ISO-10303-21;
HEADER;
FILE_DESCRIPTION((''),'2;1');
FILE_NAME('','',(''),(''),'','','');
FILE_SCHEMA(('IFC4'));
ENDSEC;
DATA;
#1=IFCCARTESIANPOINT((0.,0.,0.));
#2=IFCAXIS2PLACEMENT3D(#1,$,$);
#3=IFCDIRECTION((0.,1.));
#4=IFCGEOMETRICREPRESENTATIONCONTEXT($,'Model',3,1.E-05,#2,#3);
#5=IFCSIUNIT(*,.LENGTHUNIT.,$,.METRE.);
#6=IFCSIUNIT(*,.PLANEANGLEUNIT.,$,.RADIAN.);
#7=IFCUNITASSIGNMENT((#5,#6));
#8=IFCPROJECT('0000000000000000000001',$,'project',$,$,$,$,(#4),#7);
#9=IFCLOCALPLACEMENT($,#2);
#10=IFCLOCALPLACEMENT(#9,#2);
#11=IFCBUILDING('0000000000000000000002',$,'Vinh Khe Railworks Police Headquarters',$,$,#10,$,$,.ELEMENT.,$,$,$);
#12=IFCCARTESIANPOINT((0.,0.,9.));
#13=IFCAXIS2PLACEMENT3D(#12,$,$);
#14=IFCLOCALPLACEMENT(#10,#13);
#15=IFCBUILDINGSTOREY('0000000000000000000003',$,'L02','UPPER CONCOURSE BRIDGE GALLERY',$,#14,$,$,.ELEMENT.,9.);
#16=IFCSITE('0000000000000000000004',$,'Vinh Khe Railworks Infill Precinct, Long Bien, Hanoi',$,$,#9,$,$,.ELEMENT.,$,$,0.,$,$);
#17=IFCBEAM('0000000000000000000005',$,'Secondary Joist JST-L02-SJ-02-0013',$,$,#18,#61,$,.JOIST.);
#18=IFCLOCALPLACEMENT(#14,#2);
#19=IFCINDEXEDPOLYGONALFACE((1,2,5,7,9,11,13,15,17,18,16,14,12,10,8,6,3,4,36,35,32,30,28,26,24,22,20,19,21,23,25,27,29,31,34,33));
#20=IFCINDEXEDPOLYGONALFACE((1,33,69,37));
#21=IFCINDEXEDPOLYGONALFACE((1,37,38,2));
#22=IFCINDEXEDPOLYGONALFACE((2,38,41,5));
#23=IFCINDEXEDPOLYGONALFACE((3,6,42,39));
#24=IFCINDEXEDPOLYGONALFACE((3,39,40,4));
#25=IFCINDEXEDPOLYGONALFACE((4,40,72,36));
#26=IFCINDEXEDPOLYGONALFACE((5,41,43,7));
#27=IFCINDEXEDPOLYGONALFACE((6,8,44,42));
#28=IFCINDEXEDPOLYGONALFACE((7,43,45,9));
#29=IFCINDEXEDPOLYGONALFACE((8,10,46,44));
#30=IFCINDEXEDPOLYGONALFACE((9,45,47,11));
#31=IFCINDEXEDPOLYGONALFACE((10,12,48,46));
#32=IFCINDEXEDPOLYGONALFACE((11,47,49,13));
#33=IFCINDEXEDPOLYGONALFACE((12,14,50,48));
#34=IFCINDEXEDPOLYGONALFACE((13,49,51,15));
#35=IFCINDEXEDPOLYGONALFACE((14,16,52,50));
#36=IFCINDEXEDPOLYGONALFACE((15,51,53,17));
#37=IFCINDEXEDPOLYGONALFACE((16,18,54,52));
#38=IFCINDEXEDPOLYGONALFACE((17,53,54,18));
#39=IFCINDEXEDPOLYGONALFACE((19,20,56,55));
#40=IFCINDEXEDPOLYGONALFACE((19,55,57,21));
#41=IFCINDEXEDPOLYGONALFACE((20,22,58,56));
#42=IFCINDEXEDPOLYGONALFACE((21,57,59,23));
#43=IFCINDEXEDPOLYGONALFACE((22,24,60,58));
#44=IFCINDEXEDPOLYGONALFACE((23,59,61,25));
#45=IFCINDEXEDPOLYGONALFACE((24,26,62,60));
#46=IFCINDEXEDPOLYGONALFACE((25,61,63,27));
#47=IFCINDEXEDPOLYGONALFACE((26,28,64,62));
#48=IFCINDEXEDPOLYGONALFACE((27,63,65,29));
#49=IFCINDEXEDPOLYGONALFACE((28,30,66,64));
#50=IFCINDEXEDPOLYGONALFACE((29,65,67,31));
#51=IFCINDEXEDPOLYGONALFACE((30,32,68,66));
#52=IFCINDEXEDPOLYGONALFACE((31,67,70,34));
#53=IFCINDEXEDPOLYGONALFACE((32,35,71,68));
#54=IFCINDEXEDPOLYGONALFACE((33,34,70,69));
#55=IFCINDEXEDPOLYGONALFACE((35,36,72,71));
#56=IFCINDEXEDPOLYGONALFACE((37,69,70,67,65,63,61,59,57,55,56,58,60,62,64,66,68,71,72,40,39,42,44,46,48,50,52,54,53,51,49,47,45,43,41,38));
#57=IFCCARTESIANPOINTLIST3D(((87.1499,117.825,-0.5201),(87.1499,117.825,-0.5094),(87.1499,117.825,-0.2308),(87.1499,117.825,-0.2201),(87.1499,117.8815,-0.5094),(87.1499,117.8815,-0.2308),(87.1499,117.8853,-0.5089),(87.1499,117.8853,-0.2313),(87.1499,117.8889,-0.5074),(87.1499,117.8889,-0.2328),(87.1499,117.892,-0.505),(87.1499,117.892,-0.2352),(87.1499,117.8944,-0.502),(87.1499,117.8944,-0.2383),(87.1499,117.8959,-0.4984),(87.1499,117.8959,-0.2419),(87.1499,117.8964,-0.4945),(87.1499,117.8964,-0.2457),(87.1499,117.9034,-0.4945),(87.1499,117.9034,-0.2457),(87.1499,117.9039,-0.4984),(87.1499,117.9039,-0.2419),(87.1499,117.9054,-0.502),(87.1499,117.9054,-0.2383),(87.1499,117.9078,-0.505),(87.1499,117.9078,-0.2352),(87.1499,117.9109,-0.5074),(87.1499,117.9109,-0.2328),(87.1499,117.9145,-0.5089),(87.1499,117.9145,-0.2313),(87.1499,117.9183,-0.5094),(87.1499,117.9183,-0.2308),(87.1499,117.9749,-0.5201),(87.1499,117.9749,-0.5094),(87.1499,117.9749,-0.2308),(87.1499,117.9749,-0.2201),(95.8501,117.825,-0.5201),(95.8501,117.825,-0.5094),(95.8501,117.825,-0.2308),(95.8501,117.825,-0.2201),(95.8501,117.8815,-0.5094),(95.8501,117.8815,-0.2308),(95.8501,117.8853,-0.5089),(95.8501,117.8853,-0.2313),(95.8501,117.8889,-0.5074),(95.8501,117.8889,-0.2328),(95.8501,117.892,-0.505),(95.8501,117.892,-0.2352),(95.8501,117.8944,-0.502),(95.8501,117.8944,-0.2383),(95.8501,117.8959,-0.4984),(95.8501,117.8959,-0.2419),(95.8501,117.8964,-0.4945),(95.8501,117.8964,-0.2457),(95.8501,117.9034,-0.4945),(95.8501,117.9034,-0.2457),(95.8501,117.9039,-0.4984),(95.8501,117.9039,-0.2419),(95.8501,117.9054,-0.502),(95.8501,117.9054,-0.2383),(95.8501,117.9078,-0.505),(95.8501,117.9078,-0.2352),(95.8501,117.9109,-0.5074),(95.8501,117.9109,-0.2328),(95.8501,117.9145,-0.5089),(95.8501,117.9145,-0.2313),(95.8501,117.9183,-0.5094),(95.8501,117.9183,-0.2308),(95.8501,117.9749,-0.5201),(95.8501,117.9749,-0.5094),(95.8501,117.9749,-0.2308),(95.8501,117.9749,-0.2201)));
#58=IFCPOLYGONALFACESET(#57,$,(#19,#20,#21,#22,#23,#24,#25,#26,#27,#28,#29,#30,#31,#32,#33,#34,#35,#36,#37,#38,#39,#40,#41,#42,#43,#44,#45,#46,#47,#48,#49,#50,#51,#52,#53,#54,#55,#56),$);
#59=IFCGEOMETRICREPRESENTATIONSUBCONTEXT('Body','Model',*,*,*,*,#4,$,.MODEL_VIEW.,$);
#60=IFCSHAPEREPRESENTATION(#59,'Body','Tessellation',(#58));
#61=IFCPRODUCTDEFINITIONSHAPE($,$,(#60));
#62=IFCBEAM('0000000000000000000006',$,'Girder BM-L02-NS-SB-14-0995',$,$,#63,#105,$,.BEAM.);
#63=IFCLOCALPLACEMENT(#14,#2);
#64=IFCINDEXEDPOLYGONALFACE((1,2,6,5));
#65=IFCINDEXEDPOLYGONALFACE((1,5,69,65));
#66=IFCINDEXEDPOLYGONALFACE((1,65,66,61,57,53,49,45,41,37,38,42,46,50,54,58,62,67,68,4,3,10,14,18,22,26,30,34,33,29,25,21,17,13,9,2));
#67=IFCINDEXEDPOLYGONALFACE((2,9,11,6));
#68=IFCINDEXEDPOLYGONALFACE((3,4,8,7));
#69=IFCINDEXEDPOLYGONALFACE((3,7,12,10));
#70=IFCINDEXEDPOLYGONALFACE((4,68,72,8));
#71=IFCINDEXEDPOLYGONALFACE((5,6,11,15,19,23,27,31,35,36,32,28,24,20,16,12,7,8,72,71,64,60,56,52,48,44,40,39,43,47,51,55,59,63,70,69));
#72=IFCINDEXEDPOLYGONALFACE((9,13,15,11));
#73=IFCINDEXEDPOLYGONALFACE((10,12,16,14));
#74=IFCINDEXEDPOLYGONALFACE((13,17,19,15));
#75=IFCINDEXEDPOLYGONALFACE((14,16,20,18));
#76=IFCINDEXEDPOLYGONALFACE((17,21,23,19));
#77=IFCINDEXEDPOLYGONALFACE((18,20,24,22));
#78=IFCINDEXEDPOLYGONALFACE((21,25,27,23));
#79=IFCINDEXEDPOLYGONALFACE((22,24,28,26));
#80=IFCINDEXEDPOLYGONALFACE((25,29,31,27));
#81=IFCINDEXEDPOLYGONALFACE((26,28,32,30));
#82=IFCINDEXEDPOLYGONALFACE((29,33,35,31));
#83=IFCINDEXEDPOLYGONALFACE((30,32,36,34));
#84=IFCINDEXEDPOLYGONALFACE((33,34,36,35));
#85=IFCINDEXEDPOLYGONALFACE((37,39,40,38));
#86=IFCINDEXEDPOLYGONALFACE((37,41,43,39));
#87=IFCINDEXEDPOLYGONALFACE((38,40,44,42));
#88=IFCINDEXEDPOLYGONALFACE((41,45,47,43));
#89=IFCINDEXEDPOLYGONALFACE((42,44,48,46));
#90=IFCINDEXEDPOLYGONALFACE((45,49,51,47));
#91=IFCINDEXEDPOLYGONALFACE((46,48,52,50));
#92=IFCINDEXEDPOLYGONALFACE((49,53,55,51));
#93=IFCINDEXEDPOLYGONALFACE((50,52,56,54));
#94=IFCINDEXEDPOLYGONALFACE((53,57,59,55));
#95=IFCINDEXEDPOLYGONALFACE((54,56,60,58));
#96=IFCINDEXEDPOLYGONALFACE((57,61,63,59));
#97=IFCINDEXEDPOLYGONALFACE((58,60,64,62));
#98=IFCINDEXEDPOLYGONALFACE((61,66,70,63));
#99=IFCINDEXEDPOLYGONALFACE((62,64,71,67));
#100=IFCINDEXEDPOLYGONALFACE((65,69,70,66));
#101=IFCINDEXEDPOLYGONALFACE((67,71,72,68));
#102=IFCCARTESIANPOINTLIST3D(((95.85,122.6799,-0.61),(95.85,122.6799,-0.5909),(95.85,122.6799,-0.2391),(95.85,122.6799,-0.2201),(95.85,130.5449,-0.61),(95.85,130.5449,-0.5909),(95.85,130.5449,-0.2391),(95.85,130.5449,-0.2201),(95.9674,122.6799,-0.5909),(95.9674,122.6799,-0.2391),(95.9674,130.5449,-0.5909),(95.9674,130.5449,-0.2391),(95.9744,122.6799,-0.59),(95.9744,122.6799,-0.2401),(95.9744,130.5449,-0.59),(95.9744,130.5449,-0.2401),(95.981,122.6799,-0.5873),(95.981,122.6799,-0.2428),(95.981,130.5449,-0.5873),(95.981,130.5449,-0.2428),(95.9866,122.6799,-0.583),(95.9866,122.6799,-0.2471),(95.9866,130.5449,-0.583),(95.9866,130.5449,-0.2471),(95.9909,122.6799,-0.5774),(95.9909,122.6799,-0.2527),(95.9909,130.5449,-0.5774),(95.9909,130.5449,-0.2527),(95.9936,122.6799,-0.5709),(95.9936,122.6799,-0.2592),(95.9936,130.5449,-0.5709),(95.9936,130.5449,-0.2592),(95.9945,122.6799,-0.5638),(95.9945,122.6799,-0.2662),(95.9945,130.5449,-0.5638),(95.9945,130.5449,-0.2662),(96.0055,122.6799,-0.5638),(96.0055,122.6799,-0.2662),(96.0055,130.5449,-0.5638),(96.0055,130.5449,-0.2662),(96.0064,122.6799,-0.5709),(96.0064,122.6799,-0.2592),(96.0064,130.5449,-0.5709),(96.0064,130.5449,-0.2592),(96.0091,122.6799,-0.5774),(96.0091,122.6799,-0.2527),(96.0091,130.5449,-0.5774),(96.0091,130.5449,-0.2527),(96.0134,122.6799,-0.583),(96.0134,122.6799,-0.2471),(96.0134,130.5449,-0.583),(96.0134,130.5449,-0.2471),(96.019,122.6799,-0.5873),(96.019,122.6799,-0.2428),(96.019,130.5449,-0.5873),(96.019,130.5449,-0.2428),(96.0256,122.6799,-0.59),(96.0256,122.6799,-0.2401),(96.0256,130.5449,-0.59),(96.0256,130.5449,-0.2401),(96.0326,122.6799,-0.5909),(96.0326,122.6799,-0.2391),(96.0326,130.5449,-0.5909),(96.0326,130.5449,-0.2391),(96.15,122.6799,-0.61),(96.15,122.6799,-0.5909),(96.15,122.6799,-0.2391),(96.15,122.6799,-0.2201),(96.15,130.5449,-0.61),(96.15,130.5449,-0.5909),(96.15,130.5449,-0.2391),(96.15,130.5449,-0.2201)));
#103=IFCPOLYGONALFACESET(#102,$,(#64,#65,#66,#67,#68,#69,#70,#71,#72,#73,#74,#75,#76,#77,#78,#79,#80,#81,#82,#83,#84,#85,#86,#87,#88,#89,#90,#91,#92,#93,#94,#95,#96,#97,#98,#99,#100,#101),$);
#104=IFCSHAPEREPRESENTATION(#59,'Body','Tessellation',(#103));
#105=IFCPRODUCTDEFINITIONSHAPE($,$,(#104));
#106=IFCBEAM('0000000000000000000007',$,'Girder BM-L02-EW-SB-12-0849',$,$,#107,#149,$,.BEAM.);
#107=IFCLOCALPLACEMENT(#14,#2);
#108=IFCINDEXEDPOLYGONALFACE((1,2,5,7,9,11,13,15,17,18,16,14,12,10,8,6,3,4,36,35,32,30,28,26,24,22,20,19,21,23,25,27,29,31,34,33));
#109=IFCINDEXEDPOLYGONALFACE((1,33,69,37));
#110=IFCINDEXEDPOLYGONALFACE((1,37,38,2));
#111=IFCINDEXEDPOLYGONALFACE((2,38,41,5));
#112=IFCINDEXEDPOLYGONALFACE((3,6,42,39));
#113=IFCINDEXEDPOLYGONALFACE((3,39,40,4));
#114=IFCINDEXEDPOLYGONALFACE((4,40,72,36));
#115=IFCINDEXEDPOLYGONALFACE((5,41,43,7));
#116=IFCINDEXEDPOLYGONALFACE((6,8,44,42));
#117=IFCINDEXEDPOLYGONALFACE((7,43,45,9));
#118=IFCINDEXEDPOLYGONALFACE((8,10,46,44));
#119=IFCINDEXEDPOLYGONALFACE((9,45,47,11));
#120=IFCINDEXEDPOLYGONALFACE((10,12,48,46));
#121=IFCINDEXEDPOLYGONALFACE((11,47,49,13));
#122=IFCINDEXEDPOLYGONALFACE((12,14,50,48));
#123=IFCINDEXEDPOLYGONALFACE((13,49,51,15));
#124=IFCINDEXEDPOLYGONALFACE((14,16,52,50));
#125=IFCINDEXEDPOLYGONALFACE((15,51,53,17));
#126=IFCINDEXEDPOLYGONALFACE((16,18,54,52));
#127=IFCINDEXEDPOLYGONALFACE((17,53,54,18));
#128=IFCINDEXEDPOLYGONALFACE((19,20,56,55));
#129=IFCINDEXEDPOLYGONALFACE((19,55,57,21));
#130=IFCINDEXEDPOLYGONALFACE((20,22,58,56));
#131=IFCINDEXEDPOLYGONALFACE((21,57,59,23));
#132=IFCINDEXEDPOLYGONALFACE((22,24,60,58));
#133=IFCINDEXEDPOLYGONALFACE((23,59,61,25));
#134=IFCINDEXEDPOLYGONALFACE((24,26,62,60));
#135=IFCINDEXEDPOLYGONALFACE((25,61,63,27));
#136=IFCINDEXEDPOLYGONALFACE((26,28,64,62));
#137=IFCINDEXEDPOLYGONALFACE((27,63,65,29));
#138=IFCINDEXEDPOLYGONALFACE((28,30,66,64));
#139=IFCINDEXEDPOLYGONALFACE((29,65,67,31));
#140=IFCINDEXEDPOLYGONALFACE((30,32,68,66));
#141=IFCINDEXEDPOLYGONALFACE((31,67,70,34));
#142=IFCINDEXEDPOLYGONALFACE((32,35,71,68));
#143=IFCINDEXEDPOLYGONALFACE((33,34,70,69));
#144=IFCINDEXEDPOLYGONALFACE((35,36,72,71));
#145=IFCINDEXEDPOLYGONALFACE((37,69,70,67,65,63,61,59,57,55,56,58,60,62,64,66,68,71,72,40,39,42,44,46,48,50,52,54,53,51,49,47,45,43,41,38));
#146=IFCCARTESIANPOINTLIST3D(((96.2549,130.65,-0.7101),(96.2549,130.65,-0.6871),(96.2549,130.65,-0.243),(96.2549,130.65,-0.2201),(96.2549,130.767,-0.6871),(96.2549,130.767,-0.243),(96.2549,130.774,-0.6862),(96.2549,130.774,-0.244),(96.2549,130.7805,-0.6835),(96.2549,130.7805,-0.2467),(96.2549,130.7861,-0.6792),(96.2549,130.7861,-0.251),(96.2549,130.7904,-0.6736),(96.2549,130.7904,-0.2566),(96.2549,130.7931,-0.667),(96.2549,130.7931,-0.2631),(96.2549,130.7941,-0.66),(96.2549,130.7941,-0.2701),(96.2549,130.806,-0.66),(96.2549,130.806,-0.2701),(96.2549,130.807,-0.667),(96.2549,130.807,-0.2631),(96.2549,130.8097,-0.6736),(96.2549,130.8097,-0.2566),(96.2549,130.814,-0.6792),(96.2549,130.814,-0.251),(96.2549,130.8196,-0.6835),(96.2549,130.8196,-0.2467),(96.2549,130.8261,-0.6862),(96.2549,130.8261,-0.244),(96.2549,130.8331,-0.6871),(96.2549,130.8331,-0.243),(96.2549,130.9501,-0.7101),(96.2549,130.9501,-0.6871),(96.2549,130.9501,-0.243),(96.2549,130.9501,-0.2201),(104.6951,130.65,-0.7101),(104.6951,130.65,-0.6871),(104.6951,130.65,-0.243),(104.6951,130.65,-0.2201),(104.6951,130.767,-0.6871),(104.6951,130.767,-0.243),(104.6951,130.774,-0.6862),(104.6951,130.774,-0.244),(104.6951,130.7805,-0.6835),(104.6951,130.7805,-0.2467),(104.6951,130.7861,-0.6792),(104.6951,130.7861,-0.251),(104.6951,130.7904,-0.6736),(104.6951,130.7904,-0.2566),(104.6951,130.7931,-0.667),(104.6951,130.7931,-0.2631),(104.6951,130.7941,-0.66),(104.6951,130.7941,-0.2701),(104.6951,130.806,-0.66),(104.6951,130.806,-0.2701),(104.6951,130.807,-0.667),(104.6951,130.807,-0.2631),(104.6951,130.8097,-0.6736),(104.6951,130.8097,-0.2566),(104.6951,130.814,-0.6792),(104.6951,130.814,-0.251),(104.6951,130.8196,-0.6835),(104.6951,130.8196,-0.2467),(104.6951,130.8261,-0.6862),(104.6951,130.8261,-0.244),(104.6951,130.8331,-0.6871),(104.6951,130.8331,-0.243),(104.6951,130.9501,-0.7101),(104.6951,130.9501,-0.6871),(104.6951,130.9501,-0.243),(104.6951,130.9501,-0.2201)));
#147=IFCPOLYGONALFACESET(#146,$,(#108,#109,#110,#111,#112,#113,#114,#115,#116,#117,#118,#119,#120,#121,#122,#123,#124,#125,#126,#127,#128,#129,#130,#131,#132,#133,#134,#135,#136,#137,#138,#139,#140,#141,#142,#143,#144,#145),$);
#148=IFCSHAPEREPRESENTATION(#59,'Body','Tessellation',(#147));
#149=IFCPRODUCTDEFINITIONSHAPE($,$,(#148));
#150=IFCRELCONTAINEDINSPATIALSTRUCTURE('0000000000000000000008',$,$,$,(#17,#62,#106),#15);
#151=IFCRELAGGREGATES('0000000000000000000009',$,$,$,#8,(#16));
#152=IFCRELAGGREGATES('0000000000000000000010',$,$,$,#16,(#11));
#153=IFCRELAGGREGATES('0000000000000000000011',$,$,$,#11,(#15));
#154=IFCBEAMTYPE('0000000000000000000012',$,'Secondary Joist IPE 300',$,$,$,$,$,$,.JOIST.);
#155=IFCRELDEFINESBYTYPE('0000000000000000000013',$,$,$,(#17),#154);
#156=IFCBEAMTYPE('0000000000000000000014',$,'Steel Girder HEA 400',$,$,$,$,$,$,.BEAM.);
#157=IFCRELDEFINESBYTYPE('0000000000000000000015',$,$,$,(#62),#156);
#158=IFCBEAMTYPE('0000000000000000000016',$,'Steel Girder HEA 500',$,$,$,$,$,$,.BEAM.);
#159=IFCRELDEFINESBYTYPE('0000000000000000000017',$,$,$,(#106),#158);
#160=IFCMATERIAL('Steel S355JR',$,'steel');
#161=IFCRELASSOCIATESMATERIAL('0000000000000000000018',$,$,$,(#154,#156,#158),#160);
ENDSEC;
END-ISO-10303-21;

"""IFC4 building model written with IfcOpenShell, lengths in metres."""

from ifc_helpers import new_model, si_unit, direction, frame, origin, origin_2d, place, context, subcontext, project, spatial, i_section, extrude, material, material_profile, profile_set, type_object, element, save


model = new_model("IFC4")

# Units and contexts
model_context = context("Model", 3, precision=1e-05, world=origin(), true_north=direction((0.0, 1.0)))
body_context = subcontext(model_context, "Body", "Model", "MODEL_VIEW")
ifc_project = project(units=[si_unit("LENGTHUNIT", "METRE"), si_unit("PLANEANGLEUNIT", "RADIAN")], contexts=[model_context])

# Site, building, storey
site_placement = place(None, origin())
site = spatial("IfcSite", under=ifc_project, at=site_placement, Name="Vinh Khe Railworks Infill Precinct, Long Bien, Hanoi", CompositionType="ELEMENT", RefElevation=0.0)
building_placement = place(site_placement, origin())
building = spatial("IfcBuilding", under=site, at=building_placement, Name="Vinh Khe Railworks Police Headquarters", CompositionType="ELEMENT")
storey_placement = place(building_placement, frame((0.0, 0.0, 9.0)))
storey = spatial("IfcBuildingStorey", under=building, at=storey_placement, Name="L02", Description="UPPER CONCOURSE BRIDGE GALLERY", CompositionType="ELEMENT", Elevation=9.0)

# Shared definitions
ifc_material_1 = material(Name="Steel S355JR", Category="steel")

# Beams
ifc_material_profile_1 = material_profile(ifc_material_1, i_section(OverallWidth=0.1499, OverallDepth=0.3, WebThickness=0.0071, FlangeThickness=0.0107, FilletRadius=0.0149, at=origin_2d()), Name="IPE 300")
ifc_profile_set_1 = profile_set([ifc_material_profile_1], Name="Steel S355JR")
beam_type_1 = type_object("IfcBeamType", Name="Secondary Joist IPE 300", PredefinedType="JOIST", material=ifc_profile_set_1)
beam_1_placement = place(storey_placement, frame((87.1499, 117.8999, -0.3701), z_axis=(1.0, 0.0, 0.0), x_axis=(0.0, 1.0, 0.0)))
element("IfcBeam", 1, at=beam_1_placement, inside=storey, type_object=beam_type_1, Name="Secondary Joist JST-L02-SJ-02-0013", PredefinedType="JOIST", context=body_context, shape_type="SweptSolid", body=[
    extrude(i_section(OverallWidth=0.1499, OverallDepth=0.3, WebThickness=0.0071, FlangeThickness=0.0107, FilletRadius=0.0149, at=origin_2d()), origin(), (0.0, 0.0, 1.0), 8.7002),
])
ifc_material_profile_2 = material_profile(ifc_material_1, i_section(OverallWidth=0.3, OverallDepth=0.3899, WebThickness=0.011, FlangeThickness=0.019, FilletRadius=0.0271, at=origin_2d()), Name="HEA 400")
ifc_profile_set_2 = profile_set([ifc_material_profile_2], Name="Steel S355JR")
beam_type_2 = type_object("IfcBeamType", Name="Steel Girder HEA 400", PredefinedType="BEAM", material=ifc_profile_set_2)
beam_2_placement = place(storey_placement, frame((96.0, 122.6799, -0.415), z_axis=(0.0, 1.0, 0.0), x_axis=(-1.0, 0.0, 0.0)))
element("IfcBeam", 2, at=beam_2_placement, inside=storey, type_object=beam_type_2, Name="Girder BM-L02-NS-SB-14-0995", PredefinedType="BEAM", context=body_context, shape_type="SweptSolid", body=[
    extrude(i_section(OverallWidth=0.3, OverallDepth=0.3899, WebThickness=0.011, FlangeThickness=0.019, FilletRadius=0.0271, at=origin_2d()), origin(), (0.0, 0.0, 1.0), 7.865),
])
ifc_material_profile_3 = material_profile(ifc_material_1, i_section(OverallWidth=0.3, OverallDepth=0.49, WebThickness=0.012, FlangeThickness=0.0229, FilletRadius=0.0271, at=origin_2d()), Name="HEA 500")
ifc_profile_set_3 = profile_set([ifc_material_profile_3], Name="Steel S355JR")
beam_type_3 = type_object("IfcBeamType", Name="Steel Girder HEA 500", PredefinedType="BEAM", material=ifc_profile_set_3)
beam_3_placement = place(storey_placement, frame((96.2549, 130.8, -0.4651), z_axis=(1.0, 0.0, 0.0), x_axis=(0.0, 1.0, 0.0)))
element("IfcBeam", 3, at=beam_3_placement, inside=storey, type_object=beam_type_3, Name="Girder BM-L02-EW-SB-12-0849", PredefinedType="BEAM", context=body_context, shape_type="SweptSolid", body=[
    extrude(i_section(OverallWidth=0.3, OverallDepth=0.49, WebThickness=0.012, FlangeThickness=0.0229, FilletRadius=0.0271, at=origin_2d()), origin(), (0.0, 0.0, 1.0), 8.4402),
])

save(model, "model.ifc")
